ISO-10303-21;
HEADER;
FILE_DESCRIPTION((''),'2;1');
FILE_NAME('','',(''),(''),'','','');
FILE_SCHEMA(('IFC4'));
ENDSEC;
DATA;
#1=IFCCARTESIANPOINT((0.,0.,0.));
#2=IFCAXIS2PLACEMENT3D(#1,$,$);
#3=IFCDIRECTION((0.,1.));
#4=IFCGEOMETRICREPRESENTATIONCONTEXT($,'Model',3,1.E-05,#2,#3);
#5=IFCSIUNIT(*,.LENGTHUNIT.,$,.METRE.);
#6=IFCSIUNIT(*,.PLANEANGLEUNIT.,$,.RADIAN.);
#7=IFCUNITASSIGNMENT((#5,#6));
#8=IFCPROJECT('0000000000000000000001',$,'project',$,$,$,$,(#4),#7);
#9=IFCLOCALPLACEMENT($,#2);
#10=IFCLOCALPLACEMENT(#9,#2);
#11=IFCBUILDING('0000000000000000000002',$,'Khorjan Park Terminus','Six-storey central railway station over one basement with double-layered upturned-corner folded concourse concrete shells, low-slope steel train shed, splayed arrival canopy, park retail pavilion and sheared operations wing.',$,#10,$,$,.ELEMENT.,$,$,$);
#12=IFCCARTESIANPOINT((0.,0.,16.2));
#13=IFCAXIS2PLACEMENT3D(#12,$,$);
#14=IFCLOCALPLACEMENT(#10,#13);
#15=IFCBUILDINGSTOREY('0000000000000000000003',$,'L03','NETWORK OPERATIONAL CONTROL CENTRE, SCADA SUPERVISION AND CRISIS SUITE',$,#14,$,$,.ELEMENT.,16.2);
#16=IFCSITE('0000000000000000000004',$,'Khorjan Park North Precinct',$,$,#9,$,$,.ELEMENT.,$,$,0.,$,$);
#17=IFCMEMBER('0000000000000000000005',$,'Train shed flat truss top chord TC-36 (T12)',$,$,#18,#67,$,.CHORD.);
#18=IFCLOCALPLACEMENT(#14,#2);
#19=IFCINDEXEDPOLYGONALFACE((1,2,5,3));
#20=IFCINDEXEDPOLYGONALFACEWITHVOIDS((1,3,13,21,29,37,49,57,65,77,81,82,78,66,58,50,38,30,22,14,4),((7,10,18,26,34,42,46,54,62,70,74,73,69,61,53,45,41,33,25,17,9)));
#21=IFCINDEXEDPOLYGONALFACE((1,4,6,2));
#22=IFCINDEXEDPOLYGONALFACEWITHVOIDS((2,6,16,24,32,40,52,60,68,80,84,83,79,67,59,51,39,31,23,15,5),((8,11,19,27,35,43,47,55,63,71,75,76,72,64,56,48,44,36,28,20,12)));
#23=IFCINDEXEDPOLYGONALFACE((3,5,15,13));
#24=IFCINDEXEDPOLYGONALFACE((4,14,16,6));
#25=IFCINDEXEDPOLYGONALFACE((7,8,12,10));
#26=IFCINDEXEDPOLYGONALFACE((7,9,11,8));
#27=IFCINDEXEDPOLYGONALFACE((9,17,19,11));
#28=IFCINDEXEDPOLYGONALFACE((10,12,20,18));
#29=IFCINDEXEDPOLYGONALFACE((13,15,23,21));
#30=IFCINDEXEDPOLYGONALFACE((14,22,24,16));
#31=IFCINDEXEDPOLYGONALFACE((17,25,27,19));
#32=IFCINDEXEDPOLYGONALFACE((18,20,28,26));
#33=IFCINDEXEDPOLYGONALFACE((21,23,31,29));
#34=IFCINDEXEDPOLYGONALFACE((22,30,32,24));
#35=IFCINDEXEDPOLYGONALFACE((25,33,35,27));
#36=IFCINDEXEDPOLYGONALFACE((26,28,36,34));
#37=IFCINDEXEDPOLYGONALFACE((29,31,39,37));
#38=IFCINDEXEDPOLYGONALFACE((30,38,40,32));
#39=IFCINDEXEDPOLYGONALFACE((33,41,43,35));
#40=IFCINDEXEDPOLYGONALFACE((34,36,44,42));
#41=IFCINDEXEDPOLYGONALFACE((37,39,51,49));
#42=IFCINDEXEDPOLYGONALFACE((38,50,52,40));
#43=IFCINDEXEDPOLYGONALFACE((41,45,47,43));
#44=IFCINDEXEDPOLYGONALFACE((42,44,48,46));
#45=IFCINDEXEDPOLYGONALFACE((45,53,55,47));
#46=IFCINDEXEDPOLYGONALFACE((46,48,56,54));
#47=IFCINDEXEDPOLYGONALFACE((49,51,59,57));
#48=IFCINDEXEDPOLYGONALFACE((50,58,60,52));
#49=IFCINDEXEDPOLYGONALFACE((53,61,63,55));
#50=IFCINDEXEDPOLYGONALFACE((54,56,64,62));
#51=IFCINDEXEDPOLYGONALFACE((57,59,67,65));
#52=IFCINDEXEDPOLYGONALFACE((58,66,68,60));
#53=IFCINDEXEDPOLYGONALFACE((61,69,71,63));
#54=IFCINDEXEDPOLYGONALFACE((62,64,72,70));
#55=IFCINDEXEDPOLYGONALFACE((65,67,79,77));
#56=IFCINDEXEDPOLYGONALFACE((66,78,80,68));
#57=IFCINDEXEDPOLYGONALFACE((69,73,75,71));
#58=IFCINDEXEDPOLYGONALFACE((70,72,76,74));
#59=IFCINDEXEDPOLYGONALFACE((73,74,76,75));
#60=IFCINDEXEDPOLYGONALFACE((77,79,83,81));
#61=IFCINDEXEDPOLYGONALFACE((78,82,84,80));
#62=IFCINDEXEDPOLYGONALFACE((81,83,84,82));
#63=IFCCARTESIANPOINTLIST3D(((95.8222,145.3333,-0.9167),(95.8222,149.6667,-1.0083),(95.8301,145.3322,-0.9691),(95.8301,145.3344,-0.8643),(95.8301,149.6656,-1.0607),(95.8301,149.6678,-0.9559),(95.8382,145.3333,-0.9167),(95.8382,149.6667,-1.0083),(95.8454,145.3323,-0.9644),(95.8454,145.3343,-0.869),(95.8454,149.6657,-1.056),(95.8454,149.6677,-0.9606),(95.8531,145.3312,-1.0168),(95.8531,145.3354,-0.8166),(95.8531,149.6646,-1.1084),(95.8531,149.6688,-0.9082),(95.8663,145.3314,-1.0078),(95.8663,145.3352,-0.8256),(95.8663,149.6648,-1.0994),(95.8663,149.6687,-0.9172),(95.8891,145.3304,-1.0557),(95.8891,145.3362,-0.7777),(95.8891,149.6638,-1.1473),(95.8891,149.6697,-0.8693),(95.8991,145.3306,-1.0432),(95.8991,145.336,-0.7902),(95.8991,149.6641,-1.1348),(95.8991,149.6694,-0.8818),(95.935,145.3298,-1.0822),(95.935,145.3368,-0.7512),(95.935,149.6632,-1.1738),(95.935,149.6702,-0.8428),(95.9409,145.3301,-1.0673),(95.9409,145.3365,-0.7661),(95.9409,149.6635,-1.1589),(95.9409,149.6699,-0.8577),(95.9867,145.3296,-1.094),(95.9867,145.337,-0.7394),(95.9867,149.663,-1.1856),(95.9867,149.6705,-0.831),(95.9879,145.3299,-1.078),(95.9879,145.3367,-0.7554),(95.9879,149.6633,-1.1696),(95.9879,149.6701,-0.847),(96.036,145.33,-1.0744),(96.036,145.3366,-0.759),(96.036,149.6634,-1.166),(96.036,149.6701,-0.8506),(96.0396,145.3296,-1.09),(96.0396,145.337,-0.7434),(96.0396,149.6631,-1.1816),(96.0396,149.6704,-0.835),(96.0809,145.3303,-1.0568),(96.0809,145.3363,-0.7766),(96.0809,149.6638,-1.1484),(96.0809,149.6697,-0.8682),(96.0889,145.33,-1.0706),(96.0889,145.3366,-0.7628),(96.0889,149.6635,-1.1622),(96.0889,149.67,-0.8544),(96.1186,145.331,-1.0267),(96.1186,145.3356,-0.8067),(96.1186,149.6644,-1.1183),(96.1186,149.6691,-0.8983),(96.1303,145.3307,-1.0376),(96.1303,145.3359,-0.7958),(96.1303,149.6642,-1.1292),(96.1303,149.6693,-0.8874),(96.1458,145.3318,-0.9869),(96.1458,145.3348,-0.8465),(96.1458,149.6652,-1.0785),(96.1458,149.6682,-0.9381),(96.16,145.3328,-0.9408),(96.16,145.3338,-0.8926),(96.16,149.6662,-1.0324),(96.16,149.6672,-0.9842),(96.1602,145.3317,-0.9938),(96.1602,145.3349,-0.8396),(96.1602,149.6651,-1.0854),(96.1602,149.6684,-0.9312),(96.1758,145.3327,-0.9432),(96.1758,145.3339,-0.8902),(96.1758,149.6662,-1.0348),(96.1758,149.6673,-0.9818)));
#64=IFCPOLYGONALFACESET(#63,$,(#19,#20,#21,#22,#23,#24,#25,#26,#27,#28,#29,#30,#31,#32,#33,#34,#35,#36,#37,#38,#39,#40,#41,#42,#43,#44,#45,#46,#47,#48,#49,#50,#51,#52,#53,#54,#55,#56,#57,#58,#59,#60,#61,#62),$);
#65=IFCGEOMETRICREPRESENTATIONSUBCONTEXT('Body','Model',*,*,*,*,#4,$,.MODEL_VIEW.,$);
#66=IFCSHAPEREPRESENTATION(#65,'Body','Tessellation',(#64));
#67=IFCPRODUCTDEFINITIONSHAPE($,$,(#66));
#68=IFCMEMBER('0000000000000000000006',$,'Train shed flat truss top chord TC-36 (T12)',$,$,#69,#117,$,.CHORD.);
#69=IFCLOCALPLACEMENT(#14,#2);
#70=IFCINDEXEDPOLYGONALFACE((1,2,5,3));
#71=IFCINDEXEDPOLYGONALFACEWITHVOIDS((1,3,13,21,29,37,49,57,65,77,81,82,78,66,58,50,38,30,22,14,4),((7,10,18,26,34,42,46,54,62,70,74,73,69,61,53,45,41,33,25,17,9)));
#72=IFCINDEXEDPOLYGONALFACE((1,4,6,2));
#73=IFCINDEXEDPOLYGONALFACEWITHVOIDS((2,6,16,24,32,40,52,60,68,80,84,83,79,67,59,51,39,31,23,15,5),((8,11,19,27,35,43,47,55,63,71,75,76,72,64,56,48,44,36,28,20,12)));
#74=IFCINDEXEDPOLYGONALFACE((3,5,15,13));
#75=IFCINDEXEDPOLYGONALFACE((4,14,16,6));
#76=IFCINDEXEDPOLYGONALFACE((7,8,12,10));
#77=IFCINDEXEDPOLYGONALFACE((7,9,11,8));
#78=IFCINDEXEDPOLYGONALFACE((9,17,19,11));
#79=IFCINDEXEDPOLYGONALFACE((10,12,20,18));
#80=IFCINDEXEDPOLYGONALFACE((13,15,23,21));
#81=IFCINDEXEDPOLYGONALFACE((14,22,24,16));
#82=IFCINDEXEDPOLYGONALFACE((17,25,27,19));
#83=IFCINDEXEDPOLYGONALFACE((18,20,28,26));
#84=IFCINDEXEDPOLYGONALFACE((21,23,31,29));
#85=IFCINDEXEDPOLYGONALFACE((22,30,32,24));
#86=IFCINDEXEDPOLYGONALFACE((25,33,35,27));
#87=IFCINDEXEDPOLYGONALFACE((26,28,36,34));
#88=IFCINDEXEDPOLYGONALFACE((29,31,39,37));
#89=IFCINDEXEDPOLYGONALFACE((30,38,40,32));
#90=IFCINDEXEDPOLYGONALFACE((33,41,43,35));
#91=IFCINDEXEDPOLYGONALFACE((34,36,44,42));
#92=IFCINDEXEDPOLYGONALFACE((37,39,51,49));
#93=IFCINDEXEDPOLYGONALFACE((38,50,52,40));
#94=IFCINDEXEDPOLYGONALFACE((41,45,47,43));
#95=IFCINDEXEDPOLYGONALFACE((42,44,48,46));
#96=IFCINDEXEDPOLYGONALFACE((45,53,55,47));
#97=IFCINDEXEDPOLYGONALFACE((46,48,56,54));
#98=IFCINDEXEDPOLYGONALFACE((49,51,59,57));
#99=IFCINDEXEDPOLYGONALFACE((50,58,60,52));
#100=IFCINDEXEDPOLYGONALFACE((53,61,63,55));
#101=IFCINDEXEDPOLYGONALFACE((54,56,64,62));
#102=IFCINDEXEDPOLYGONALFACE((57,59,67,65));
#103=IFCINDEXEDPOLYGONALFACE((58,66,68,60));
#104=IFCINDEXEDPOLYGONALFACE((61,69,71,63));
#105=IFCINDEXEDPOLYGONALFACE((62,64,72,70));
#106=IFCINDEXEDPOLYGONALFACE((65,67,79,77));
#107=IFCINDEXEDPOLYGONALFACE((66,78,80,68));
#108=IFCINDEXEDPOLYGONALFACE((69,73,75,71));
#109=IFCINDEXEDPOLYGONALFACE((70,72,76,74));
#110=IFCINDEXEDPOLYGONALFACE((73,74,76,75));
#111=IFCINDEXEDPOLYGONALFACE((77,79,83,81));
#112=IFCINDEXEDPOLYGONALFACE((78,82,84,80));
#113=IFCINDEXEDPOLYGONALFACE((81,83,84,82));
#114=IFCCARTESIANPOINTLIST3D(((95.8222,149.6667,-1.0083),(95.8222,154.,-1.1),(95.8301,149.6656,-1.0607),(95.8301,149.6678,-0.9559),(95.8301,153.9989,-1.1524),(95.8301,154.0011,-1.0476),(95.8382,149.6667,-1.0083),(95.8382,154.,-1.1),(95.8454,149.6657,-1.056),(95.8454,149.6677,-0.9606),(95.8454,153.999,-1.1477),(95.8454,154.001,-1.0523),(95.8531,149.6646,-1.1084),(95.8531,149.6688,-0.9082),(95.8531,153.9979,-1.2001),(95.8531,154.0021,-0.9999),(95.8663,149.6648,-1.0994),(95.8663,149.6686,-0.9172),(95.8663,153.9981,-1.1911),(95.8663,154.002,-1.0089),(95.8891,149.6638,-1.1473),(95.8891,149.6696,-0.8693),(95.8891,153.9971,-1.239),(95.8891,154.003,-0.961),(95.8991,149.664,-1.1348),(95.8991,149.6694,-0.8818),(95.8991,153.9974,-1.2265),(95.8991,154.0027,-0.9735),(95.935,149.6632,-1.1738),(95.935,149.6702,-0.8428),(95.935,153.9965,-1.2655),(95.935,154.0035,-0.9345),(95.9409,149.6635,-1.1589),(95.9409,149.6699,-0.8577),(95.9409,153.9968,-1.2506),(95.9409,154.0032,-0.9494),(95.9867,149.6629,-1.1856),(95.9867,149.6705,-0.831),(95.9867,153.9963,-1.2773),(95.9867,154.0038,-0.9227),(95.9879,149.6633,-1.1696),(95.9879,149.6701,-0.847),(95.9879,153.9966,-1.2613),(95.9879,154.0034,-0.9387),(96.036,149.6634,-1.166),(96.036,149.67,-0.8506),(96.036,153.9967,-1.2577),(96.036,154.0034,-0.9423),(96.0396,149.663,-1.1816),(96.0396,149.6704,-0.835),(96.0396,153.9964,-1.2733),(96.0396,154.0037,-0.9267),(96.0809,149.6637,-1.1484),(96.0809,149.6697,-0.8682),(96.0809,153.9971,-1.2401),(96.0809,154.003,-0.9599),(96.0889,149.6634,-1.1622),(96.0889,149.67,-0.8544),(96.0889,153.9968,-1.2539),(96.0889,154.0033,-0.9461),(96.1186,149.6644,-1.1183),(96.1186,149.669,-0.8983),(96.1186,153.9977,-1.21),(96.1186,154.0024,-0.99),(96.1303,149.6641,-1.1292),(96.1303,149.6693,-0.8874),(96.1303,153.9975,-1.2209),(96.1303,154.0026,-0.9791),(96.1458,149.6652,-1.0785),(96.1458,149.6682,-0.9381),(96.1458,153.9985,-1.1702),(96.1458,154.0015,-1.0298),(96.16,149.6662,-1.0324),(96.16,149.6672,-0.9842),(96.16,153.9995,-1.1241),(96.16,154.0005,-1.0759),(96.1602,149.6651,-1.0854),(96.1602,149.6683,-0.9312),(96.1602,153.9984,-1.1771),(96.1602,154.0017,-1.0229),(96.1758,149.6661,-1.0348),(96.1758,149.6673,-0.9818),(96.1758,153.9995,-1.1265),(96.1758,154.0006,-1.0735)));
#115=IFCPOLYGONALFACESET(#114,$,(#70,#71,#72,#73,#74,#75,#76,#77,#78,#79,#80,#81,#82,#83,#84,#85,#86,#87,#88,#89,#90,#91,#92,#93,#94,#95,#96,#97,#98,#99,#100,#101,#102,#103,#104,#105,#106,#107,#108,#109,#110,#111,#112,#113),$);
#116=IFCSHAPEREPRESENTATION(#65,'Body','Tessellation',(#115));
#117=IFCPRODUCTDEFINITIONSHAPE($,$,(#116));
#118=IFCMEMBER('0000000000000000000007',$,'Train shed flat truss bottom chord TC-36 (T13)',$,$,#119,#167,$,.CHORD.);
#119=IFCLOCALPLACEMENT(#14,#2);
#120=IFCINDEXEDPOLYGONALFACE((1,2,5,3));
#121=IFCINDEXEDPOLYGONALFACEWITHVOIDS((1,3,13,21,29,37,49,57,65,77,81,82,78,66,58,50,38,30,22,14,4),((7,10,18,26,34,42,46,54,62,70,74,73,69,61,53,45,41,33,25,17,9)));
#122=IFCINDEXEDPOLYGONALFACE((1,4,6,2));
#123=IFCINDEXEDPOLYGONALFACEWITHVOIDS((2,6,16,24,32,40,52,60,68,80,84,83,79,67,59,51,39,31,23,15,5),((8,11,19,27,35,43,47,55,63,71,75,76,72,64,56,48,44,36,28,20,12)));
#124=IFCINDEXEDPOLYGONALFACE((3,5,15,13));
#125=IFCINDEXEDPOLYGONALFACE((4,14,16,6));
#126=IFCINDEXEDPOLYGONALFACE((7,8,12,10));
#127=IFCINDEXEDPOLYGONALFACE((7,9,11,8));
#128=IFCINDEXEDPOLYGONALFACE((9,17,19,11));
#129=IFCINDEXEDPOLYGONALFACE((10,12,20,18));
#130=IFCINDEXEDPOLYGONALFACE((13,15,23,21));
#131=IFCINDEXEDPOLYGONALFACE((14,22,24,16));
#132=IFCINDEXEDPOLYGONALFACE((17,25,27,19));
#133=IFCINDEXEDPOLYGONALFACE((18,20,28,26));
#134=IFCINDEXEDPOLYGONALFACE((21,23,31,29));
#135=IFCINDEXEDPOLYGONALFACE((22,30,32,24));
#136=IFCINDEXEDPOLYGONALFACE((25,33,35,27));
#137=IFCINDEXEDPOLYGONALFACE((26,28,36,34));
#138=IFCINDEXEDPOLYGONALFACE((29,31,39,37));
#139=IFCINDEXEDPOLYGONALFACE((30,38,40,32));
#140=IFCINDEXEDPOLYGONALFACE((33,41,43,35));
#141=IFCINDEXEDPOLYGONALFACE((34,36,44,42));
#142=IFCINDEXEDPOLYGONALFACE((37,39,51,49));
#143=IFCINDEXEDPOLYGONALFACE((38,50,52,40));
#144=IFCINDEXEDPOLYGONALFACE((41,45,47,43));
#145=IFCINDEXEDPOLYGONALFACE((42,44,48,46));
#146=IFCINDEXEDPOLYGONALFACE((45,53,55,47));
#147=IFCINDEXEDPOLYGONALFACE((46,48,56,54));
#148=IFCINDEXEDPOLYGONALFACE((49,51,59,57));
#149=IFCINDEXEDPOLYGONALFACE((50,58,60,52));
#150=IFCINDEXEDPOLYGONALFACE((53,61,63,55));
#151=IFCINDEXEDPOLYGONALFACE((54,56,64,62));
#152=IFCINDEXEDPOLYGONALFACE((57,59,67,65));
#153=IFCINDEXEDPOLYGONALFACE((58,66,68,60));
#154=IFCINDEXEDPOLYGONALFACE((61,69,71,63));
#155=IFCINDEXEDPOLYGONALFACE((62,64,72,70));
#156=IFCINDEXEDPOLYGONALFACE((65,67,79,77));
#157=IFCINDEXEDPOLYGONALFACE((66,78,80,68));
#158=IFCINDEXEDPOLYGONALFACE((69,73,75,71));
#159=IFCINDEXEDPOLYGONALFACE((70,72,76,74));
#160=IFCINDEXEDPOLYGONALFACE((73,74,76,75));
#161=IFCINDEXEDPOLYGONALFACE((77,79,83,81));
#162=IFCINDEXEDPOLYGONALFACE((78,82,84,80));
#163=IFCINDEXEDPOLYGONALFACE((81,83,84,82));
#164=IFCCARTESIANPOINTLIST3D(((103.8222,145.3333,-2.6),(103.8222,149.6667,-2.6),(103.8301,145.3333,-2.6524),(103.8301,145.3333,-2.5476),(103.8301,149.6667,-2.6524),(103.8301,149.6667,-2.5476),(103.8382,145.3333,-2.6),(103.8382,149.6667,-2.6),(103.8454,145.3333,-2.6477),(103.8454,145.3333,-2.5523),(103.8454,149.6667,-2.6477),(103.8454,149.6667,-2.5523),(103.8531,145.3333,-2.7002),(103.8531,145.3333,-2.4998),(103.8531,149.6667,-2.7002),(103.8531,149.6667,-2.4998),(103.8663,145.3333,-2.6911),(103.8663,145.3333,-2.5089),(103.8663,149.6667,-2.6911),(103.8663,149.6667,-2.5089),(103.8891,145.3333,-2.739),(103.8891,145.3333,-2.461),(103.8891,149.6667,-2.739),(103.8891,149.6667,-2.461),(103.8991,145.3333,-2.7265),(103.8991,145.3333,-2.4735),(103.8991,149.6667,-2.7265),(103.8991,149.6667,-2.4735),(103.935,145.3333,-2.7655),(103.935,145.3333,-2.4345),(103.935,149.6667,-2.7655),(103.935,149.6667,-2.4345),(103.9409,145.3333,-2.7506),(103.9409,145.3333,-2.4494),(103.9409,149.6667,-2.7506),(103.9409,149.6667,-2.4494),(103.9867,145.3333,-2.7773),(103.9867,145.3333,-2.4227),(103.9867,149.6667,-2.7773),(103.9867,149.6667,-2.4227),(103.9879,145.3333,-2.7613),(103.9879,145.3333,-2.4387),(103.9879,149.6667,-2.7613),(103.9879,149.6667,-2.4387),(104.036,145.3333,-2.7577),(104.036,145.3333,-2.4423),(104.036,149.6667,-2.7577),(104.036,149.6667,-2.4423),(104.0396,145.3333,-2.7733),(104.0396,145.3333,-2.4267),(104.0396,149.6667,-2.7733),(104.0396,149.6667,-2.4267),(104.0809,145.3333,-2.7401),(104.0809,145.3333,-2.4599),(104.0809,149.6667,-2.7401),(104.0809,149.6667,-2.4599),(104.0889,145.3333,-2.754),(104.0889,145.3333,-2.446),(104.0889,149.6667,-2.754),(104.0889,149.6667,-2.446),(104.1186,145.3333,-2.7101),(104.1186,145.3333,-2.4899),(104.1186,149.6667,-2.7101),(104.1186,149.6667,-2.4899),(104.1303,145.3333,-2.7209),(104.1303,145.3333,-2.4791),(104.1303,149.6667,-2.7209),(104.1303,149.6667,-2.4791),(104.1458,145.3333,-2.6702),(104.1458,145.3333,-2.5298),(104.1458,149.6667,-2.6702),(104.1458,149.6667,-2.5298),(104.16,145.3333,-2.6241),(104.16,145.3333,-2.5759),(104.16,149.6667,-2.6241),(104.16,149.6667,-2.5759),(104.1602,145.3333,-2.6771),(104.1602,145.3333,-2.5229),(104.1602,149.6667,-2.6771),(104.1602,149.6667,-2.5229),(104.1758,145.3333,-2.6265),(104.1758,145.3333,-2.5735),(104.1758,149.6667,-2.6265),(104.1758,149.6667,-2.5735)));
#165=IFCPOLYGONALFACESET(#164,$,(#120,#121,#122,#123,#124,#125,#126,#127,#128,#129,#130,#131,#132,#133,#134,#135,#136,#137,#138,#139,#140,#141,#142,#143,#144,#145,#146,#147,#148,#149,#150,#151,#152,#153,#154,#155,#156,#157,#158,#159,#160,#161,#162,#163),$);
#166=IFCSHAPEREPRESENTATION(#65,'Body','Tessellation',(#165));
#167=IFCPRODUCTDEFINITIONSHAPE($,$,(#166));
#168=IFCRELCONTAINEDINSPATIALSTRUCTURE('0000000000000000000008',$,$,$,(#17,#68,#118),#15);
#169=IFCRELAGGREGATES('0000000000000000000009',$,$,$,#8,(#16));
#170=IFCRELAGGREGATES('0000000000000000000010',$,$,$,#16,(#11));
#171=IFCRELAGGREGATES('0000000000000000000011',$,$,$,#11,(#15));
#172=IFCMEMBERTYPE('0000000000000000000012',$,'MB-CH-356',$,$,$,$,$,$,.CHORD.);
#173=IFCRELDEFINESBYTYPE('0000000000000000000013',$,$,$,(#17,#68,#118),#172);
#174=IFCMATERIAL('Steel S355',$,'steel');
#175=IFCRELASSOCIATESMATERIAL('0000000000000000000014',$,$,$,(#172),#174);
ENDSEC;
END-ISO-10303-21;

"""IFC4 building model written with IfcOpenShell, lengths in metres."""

from ifc_helpers import new_model, si_unit, direction, frame, origin, origin_2d, place, context, subcontext, project, spatial, hollow_circle, extrude, material, material_profile, profile_set, type_object, element, save


model = new_model("IFC4")

# Units and contexts
model_context = context("Model", 3, precision=1e-05, world=origin(), true_north=direction((0.0, 1.0)))
body_context = subcontext(model_context, "Body", "Model", "MODEL_VIEW")
ifc_project = project(units=[si_unit("LENGTHUNIT", "METRE"), si_unit("PLANEANGLEUNIT", "RADIAN")], contexts=[model_context])

# Site, building, storey
site_placement = place(None, origin())
site = spatial("IfcSite", under=ifc_project, at=site_placement, Name="Khorjan Park North Precinct", CompositionType="ELEMENT", RefElevation=0.0)
building_placement = place(site_placement, origin())
building = spatial("IfcBuilding", under=site, at=building_placement, Name="Khorjan Park Terminus", Description="Six-storey central railway station over one basement with double-layered upturned-corner folded concourse concrete shells, low-slope steel train shed, splayed arrival canopy, park retail pavilion and sheared operations wing.", CompositionType="ELEMENT")
storey_placement = place(building_placement, frame((0.0, 0.0, 16.2)))
storey = spatial("IfcBuildingStorey", under=building, at=storey_placement, Name="L03", Description="NETWORK OPERATIONAL CONTROL CENTRE, SCADA SUPERVISION AND CRISIS SUITE", CompositionType="ELEMENT", Elevation=16.2)

# Members
ifc_material = material(Name="Steel S355", Category="steel")
ifc_material_profile_1 = material_profile(ifc_material, hollow_circle(Radius=0.1778, WallThickness=0.016, at=origin_2d()), Name="CHS 355.6x16")
ifc_profile_set_1 = profile_set([ifc_material_profile_1], Name="Steel S355")
member_type_1 = type_object("IfcMemberType", Name="MB-CH-356", PredefinedType="CHORD", material=ifc_profile_set_1)
member_1_placement = place(storey_placement, frame((96.0, 145.3333, -0.9167), z_axis=(0.0, 0.999777, -0.021133), x_axis=(-1.0, 0.0, 0.0)))
element("IfcMember", 1, at=member_1_placement, inside=storey, type_object=member_type_1, Name="Train shed flat truss top chord TC-36 (T12)", PredefinedType="CHORD", context=body_context, shape_type="SweptSolid", body=[
    extrude(hollow_circle(Radius=0.1778, WallThickness=0.016, at=origin_2d()), origin(), (0.0, 0.0, 1.0), 4.3344),
])
member_2_placement = place(storey_placement, frame((96.0, 149.6667, -1.0083), z_axis=(0.0, 0.999776, -0.021157), x_axis=(-1.0, 0.0, 0.0)))
element("IfcMember", 2, at=member_2_placement, inside=storey, type_object=member_type_1, Name="Train shed flat truss top chord TC-36 (T12)", PredefinedType="CHORD", context=body_context, shape_type="SweptSolid", body=[
    extrude(hollow_circle(Radius=0.1778, WallThickness=0.016, at=origin_2d()), origin(), (0.0, 0.0, 1.0), 4.3343),
])
member_3_placement = place(storey_placement, frame((104.0, 145.3333, -2.6), z_axis=(0.0, 1.0, 0.0), x_axis=(-1.0, 0.0, 0.0)))
element("IfcMember", 3, at=member_3_placement, inside=storey, type_object=member_type_1, Name="Train shed flat truss bottom chord TC-36 (T13)", PredefinedType="CHORD", context=body_context, shape_type="SweptSolid", body=[
    extrude(hollow_circle(Radius=0.1778, WallThickness=0.016, at=origin_2d()), origin(), (0.0, 0.0, 1.0), 4.3334),
])

save(model, "model.ifc")
